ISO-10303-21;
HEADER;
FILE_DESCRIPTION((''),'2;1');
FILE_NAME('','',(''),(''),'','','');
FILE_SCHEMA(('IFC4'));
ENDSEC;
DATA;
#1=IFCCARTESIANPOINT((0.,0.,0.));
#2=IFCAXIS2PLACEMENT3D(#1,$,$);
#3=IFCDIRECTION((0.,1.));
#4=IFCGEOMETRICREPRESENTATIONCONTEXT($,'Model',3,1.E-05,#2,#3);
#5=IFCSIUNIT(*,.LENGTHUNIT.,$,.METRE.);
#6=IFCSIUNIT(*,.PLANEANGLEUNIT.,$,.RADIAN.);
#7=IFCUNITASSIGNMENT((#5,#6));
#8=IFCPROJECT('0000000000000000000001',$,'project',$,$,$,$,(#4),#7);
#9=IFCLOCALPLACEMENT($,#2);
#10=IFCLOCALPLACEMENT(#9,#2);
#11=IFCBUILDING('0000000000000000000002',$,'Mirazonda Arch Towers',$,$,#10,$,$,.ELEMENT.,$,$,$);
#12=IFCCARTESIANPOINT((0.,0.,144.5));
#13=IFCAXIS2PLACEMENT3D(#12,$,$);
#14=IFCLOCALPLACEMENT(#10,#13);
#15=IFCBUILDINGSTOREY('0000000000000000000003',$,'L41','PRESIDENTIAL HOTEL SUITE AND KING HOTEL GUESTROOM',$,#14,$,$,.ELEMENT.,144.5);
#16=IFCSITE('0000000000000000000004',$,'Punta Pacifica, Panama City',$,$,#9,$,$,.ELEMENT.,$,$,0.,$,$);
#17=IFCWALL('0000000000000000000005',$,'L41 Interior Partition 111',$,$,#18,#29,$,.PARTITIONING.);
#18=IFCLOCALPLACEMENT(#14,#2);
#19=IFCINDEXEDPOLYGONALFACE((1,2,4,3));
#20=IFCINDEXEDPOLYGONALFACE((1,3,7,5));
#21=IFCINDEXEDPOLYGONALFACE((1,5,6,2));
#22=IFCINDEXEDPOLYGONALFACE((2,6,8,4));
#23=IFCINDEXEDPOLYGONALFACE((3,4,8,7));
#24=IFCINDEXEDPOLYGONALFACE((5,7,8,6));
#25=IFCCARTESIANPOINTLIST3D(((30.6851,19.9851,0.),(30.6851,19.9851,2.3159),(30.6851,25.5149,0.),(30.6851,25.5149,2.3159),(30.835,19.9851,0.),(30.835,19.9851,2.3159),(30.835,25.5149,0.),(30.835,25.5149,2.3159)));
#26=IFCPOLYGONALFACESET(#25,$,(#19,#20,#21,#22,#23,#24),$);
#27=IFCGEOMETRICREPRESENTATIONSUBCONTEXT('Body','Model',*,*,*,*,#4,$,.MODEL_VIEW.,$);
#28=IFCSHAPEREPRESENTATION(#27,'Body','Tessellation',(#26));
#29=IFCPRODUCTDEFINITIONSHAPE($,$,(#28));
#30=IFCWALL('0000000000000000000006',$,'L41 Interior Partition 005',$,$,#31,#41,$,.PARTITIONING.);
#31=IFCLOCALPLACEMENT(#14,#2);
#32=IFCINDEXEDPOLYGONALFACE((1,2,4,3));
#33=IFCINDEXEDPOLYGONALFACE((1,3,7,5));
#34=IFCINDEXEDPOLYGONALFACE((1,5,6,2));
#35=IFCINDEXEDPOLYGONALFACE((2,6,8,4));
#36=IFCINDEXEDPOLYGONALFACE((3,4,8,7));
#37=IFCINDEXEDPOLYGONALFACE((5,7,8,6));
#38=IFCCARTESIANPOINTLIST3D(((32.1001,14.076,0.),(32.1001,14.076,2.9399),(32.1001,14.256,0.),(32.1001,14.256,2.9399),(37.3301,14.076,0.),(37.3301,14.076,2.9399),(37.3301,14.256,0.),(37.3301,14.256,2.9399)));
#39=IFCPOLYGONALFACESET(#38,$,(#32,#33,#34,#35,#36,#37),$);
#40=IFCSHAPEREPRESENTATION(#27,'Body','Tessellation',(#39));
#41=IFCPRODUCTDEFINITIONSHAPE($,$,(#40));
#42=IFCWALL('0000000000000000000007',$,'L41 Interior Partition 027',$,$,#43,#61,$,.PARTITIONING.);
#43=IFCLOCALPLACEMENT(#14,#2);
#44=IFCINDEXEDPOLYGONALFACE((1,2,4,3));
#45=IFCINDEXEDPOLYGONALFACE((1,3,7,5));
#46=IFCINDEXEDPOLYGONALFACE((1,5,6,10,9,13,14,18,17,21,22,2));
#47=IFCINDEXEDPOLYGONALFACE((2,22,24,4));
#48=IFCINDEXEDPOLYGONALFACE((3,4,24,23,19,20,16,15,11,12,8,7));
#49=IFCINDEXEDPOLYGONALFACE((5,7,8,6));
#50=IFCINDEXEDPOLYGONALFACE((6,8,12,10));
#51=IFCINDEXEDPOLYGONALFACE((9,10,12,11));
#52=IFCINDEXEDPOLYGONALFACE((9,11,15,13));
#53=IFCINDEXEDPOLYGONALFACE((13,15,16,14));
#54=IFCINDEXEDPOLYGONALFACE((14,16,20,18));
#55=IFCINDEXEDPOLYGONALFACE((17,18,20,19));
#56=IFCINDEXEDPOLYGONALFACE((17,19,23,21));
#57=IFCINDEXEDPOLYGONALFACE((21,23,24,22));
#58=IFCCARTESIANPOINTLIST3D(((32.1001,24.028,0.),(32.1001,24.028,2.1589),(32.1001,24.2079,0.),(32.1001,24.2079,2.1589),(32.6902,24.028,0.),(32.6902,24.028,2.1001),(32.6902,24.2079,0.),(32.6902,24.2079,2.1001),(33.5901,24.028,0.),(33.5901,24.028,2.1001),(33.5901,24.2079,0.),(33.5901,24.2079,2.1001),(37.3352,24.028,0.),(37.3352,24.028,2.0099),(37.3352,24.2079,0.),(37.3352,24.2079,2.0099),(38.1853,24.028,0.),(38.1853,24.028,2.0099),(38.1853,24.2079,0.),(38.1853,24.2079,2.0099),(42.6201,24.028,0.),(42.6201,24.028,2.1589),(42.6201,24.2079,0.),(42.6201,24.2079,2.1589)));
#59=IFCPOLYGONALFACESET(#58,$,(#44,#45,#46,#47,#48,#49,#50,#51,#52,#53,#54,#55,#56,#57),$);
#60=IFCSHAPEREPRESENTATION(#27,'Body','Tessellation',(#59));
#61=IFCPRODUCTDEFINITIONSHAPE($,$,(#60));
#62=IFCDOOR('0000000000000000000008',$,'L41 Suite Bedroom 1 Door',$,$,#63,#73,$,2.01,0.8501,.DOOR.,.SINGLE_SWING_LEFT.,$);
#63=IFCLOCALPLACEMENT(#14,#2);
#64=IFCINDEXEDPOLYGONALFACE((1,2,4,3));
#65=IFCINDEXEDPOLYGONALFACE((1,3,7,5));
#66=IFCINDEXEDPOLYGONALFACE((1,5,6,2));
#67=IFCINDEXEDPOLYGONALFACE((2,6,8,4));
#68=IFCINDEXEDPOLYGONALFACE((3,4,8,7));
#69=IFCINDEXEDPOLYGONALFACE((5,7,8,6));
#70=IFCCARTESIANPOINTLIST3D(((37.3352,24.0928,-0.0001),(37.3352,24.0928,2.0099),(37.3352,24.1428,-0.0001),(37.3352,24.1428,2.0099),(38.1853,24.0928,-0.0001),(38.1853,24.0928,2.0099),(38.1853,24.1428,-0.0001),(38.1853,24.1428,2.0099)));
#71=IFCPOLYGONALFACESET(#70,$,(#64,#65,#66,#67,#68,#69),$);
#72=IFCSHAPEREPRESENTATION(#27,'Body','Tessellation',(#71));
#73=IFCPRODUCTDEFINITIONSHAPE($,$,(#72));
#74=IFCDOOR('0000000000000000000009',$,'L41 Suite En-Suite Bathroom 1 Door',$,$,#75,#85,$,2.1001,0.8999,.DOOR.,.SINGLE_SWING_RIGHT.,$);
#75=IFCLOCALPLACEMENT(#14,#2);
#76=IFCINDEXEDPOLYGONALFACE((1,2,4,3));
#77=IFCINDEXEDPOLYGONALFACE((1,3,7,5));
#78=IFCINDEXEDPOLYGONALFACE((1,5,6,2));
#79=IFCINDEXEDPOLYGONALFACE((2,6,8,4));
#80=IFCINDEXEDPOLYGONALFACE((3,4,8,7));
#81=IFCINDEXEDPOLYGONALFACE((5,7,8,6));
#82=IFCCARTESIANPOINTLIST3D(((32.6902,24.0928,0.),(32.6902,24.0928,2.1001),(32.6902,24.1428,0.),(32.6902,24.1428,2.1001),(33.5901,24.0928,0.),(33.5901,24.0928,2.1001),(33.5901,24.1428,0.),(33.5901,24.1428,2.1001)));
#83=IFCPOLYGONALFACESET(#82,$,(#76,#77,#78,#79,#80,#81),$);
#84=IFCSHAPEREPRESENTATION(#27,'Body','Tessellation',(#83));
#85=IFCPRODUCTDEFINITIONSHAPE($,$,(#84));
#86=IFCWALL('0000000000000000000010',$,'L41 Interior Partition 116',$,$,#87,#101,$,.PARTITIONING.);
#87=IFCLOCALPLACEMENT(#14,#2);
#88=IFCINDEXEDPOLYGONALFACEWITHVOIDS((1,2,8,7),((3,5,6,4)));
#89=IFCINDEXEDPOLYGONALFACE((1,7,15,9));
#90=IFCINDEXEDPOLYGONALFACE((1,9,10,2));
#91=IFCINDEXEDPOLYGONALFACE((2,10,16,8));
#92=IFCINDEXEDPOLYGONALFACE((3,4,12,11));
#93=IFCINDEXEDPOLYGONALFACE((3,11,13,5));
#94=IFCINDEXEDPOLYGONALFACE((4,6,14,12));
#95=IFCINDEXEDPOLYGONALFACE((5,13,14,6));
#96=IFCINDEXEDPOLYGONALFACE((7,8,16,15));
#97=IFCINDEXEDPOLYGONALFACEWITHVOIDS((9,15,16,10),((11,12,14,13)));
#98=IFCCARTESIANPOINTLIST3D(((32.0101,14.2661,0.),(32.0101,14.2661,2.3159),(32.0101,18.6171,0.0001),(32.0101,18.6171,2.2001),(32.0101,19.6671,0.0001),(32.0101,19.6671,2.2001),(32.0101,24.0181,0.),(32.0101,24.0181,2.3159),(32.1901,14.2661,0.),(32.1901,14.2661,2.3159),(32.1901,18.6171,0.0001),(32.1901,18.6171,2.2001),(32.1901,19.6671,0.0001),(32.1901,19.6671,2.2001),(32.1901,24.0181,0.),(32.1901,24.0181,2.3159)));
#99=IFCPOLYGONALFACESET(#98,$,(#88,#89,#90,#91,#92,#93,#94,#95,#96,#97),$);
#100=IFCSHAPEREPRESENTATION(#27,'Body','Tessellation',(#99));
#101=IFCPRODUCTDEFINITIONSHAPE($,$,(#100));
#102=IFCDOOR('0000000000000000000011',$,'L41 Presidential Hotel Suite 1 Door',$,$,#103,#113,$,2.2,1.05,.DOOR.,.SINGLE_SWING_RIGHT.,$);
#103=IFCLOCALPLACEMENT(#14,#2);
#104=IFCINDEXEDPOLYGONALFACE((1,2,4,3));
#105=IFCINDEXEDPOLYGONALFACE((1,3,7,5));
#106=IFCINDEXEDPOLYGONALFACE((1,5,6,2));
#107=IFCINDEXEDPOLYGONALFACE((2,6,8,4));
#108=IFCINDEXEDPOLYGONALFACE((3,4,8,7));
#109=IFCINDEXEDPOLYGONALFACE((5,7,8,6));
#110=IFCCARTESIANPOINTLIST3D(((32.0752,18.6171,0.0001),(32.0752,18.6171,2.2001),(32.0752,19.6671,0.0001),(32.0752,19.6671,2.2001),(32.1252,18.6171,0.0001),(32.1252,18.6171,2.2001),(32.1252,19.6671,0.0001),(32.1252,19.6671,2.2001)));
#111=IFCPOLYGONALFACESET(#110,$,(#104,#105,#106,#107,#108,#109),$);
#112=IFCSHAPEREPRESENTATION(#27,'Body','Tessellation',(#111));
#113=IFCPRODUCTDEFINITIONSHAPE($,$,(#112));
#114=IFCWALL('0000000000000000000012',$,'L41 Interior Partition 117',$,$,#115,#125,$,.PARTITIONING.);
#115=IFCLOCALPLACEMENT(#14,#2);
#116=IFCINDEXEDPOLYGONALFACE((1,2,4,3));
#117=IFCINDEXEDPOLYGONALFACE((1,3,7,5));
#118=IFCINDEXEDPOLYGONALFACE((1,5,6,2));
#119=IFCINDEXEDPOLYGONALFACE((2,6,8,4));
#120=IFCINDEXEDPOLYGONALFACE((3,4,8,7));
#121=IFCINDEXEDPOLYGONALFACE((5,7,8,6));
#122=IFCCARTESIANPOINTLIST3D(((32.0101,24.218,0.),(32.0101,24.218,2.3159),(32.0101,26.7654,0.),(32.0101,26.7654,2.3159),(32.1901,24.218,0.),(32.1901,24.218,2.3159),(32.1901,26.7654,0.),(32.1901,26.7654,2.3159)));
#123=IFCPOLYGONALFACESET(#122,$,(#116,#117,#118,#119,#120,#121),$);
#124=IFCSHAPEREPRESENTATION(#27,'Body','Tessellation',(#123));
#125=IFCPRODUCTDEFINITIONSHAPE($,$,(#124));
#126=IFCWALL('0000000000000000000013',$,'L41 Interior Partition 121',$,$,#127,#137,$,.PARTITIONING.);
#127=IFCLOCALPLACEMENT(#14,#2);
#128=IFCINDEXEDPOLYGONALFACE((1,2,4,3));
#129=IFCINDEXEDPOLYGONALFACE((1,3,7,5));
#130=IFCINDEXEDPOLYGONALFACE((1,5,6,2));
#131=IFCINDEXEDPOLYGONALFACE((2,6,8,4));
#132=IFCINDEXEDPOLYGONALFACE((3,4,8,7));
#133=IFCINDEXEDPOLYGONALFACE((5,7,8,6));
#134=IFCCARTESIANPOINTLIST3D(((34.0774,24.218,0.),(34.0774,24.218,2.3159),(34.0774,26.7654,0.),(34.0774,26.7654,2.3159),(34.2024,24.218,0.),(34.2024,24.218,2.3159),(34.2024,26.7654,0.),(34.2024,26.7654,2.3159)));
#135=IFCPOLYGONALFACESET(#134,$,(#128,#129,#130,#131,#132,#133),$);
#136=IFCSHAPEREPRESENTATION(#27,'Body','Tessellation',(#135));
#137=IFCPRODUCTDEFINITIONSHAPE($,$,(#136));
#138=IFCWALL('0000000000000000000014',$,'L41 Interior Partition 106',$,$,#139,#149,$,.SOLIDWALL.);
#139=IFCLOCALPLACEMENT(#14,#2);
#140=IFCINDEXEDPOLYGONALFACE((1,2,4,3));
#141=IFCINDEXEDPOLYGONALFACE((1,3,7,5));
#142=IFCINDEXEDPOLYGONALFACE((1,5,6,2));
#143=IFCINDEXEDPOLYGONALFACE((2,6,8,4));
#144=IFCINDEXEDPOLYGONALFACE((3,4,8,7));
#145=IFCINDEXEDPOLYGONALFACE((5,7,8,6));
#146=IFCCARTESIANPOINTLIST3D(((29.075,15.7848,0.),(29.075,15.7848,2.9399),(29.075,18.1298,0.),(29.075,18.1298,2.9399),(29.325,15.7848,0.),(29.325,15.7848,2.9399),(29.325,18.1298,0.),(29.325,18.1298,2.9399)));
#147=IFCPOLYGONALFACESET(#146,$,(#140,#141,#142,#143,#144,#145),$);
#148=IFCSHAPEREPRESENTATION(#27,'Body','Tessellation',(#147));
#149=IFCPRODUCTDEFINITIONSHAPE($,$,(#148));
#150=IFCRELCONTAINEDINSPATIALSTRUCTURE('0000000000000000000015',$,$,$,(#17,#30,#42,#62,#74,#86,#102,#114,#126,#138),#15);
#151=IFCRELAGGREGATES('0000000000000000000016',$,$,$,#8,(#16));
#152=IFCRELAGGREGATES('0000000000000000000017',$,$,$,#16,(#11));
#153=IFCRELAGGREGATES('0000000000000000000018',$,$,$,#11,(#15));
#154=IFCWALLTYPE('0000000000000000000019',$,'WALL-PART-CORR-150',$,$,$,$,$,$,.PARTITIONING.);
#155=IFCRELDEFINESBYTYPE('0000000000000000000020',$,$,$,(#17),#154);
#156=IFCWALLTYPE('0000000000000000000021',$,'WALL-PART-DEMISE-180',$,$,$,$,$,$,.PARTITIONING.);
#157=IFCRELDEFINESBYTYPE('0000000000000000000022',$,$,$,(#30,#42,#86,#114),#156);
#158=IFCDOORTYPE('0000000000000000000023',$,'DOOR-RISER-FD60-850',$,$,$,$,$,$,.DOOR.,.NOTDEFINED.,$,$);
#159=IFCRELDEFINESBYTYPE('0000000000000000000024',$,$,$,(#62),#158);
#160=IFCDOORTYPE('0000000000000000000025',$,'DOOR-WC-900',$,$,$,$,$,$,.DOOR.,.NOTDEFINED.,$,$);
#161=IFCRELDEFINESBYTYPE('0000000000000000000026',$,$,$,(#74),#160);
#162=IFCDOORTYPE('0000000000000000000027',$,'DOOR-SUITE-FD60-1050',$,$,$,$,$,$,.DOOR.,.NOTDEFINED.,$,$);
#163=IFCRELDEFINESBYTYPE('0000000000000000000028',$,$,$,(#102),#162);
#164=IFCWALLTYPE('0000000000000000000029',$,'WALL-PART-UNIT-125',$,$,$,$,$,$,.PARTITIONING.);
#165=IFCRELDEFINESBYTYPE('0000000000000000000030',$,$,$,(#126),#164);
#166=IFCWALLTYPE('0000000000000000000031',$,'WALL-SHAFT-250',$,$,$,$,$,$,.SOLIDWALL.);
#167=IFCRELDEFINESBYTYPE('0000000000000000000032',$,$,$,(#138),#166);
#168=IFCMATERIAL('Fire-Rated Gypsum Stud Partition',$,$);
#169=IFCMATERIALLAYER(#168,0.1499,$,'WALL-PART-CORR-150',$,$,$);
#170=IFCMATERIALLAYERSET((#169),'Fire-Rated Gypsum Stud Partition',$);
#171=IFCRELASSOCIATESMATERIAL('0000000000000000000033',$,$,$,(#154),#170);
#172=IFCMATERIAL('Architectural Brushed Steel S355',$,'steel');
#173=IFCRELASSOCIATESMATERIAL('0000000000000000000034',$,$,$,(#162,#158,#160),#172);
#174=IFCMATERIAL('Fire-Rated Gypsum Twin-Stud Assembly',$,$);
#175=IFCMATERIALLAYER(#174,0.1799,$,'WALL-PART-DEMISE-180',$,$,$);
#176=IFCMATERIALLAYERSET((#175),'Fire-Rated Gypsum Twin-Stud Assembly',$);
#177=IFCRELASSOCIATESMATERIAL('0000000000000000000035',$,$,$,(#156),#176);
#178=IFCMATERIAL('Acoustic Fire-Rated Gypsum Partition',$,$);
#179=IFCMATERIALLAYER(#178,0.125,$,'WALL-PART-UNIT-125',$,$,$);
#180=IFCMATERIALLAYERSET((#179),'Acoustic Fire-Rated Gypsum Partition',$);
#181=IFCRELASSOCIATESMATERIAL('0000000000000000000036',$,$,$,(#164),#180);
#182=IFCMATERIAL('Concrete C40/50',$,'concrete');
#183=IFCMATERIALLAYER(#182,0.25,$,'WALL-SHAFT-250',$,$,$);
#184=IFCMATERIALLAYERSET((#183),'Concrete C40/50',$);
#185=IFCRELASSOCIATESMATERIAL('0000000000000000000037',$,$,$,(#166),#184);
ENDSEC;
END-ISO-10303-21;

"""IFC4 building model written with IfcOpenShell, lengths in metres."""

from ifc_helpers import new_model, si_unit, direction, frame, frame_2d, origin, place, context, subcontext, project, spatial, rectangle, extrude, material, layer, layer_set, type_object, element, fill, save


model = new_model("IFC4")

# Units and contexts
model_context = context("Model", 3, precision=1e-05, world=origin(), true_north=direction((0.0, 1.0)))
body_context = subcontext(model_context, "Body", "Model", "MODEL_VIEW")
ifc_project = project(units=[si_unit("LENGTHUNIT", "METRE"), si_unit("PLANEANGLEUNIT", "RADIAN")], contexts=[model_context])

# Site, building, storey
site_placement = place(None, origin())
site = spatial("IfcSite", under=ifc_project, at=site_placement, Name="Punta Pacifica, Panama City", CompositionType="ELEMENT", RefElevation=0.0)
building_placement = place(site_placement, origin())
building = spatial("IfcBuilding", under=site, at=building_placement, Name="Mirazonda Arch Towers", CompositionType="ELEMENT")
storey_placement = place(building_placement, frame((0.0, 0.0, 144.5)))
storey = spatial("IfcBuildingStorey", under=building, at=storey_placement, Name="L41", Description="PRESIDENTIAL HOTEL SUITE AND KING HOTEL GUESTROOM", CompositionType="ELEMENT", Elevation=144.5)

# Shared definitions
ifc_material_1 = material(Name="Fire-Rated Gypsum Stud Partition")
ifc_layer_1 = layer(ifc_material_1, 0.1499, Name="WALL-PART-CORR-150")
ifc_layer_set_1 = layer_set([ifc_layer_1], Name="Fire-Rated Gypsum Stud Partition")
wall_type_1 = type_object("IfcWallType", Name="WALL-PART-CORR-150", PredefinedType="PARTITIONING", material=ifc_layer_set_1)

# Shared definitions
ifc_material_2 = material(Name="Architectural Brushed Steel S355", Category="steel")
door_type_1 = type_object("IfcDoorType", Name="DOOR-SUITE-FD60-1050", OperationType="NOTDEFINED", PredefinedType="DOOR", material=ifc_material_2)

# Walls
wall_1_placement = place(storey_placement, frame((30.76, 19.9851, 0.0), z_axis=(0.0, 0.0, 1.0), x_axis=(0.0, 1.0, 0.0)))
element("IfcWall", 1, at=wall_1_placement, inside=storey, type_object=wall_type_1, Name="L41 Interior Partition 111", PredefinedType="PARTITIONING", context=body_context, shape_type="SweptSolid", body=[
    extrude(rectangle(XDim=5.5298, YDim=0.1499, at=frame_2d((2.7649, 0.0))), origin(), (0.0, 0.0, 1.0), 2.3159),
])
ifc_material_3 = material(Name="Fire-Rated Gypsum Twin-Stud Assembly")
ifc_layer_2 = layer(ifc_material_3, 0.1799, Name="WALL-PART-DEMISE-180")
ifc_layer_set_2 = layer_set([ifc_layer_2], Name="Fire-Rated Gypsum Twin-Stud Assembly")
wall_type_2 = type_object("IfcWallType", Name="WALL-PART-DEMISE-180", PredefinedType="PARTITIONING", material=ifc_layer_set_2)
wall_2_placement = place(storey_placement, frame((32.1001, 14.166, 0.0), z_axis=(0.0, 0.0, 1.0), x_axis=(1.0, 0.0, 0.0)))
element("IfcWall", 2, at=wall_2_placement, inside=storey, type_object=wall_type_2, Name="L41 Interior Partition 005", PredefinedType="PARTITIONING", context=body_context, shape_type="SweptSolid", body=[
    extrude(rectangle(XDim=5.23, YDim=0.1799, at=frame_2d((2.615, 0.0))), origin(), (0.0, 0.0, 1.0), 2.9399),
])

# Wall, openings, doors
wall_3_placement = place(storey_placement, frame((32.1001, 24.1179, 0.0), z_axis=(0.0, 0.0, 1.0), x_axis=(1.0, 0.0, 0.0)))
wall_3 = element("IfcWall", 3, at=wall_3_placement, inside=storey, type_object=wall_type_2, Name="L41 Interior Partition 027", PredefinedType="PARTITIONING", context=body_context, shape_type="SweptSolid", body=[
    extrude(rectangle(XDim=10.52, YDim=0.1799, at=frame_2d((5.26, 0.0))), origin(), (0.0, 0.0, 1.0), 2.1589),
])
opening_1_placement = place(wall_3_placement, frame((5.2351, 0.0, 0.0)))
opening_1 = element("IfcOpeningElement", 4, at=opening_1_placement, cuts=wall_3, PredefinedType="OPENING", context=body_context, shape_type="SweptSolid", body=[
    extrude(rectangle(XDim=0.8501, YDim=2.01, at=frame_2d((0.425, 1.0049))), frame((0.0, 0.0999, 0.0), z_axis=(0.0, -1.0, 0.0), x_axis=(1.0, 0.0, 0.0)), (0.0, 0.0, 1.0), 0.2),
])
opening_2_placement = place(wall_3_placement, frame((0.5901, 0.0, 0.0)))
opening_2 = element("IfcOpeningElement", 5, at=opening_2_placement, cuts=wall_3, PredefinedType="OPENING", context=body_context, shape_type="SweptSolid", body=[
    extrude(rectangle(XDim=0.8999, YDim=2.1001, at=frame_2d((0.45, 1.05))), frame((0.0, 0.0999, 0.0), z_axis=(0.0, -1.0, 0.0), x_axis=(1.0, 0.0, 0.0)), (0.0, 0.0, 1.0), 0.2),
])
door_type_2 = type_object("IfcDoorType", Name="DOOR-RISER-FD60-850", OperationType="NOTDEFINED", PredefinedType="DOOR", material=ifc_material_2)
door_1_placement = place(opening_1_placement, origin())
door_1 = element("IfcDoor", 6, at=door_1_placement, inside=storey, type_object=door_type_2, Name="L41 Suite Bedroom 1 Door", OperationType="SINGLE_SWING_LEFT", OverallHeight=2.01, OverallWidth=0.8501, PredefinedType="DOOR", context=body_context, shape_type="SweptSolid", body=[
    extrude(rectangle(XDim=0.8501, YDim=2.01, at=frame_2d((0.425, 1.0049))), frame((0.0, 0.0249, 0.0), z_axis=(0.0, -1.0, 0.0), x_axis=(1.0, 0.0, 0.0)), (0.0, 0.0, 1.0), 0.05),
])
fill(opening_1, door_1)
door_type_3 = type_object("IfcDoorType", Name="DOOR-WC-900", OperationType="NOTDEFINED", PredefinedType="DOOR", material=ifc_material_2)
door_2_placement = place(opening_2_placement, origin())
door_2 = element("IfcDoor", 7, at=door_2_placement, inside=storey, type_object=door_type_3, Name="L41 Suite En-Suite Bathroom 1 Door", OperationType="SINGLE_SWING_RIGHT", OverallHeight=2.1001, OverallWidth=0.8999, PredefinedType="DOOR", context=body_context, shape_type="SweptSolid", body=[
    extrude(rectangle(XDim=0.8999, YDim=2.1001, at=frame_2d((0.45, 1.05))), frame((0.0, 0.0249, 0.0), z_axis=(0.0, -1.0, 0.0), x_axis=(1.0, 0.0, 0.0)), (0.0, 0.0, 1.0), 0.05),
])
fill(opening_2, door_2)

# Wall, opening, door
wall_4_placement = place(storey_placement, frame((32.1001, 14.2661, 0.0), z_axis=(0.0, 0.0, 1.0), x_axis=(0.0, 1.0, 0.0)))
wall_4 = element("IfcWall", 8, at=wall_4_placement, inside=storey, type_object=wall_type_2, Name="L41 Interior Partition 116", PredefinedType="PARTITIONING", context=body_context, shape_type="SweptSolid", body=[
    extrude(rectangle(XDim=9.752, YDim=0.1799, at=frame_2d((4.876, 0.0))), origin(), (0.0, 0.0, 1.0), 2.3159),
])
opening_3_placement = place(wall_4_placement, frame((4.3511, 0.0, 0.0)))
opening_3 = element("IfcOpeningElement", 9, at=opening_3_placement, cuts=wall_4, PredefinedType="OPENING", context=body_context, shape_type="SweptSolid", body=[
    extrude(rectangle(XDim=1.05, YDim=2.2, at=frame_2d((0.5249, 1.1001))), frame((0.0, 0.0999, 0.0), z_axis=(0.0, -1.0, 0.0), x_axis=(1.0, 0.0, 0.0)), (0.0, 0.0, 1.0), 0.2),
])
door_3_placement = place(opening_3_placement, origin())
door_3 = element("IfcDoor", 10, at=door_3_placement, inside=storey, type_object=door_type_1, Name="L41 Presidential Hotel Suite 1 Door", OperationType="SINGLE_SWING_RIGHT", OverallHeight=2.2, OverallWidth=1.05, PredefinedType="DOOR", context=body_context, shape_type="SweptSolid", body=[
    extrude(rectangle(XDim=1.05, YDim=2.2, at=frame_2d((0.5249, 1.1001))), frame((0.0, 0.0249, 0.0), z_axis=(0.0, -1.0, 0.0), x_axis=(1.0, 0.0, 0.0)), (0.0, 0.0, 1.0), 0.05),
])
fill(opening_3, door_3)

# Walls
wall_5_placement = place(storey_placement, frame((32.1001, 24.218, 0.0), z_axis=(0.0, 0.0, 1.0), x_axis=(0.0, 1.0, 0.0)))
element("IfcWall", 11, at=wall_5_placement, inside=storey, type_object=wall_type_2, Name="L41 Interior Partition 117", PredefinedType="PARTITIONING", context=body_context, shape_type="SweptSolid", body=[
    extrude(rectangle(XDim=2.5474, YDim=0.1799, at=frame_2d((1.2737, 0.0))), origin(), (0.0, 0.0, 1.0), 2.3159),
])
ifc_material_4 = material(Name="Acoustic Fire-Rated Gypsum Partition")
ifc_layer_3 = layer(ifc_material_4, 0.125, Name="WALL-PART-UNIT-125")
ifc_layer_set_3 = layer_set([ifc_layer_3], Name="Acoustic Fire-Rated Gypsum Partition")
wall_type_3 = type_object("IfcWallType", Name="WALL-PART-UNIT-125", PredefinedType="PARTITIONING", material=ifc_layer_set_3)
wall_6_placement = place(storey_placement, frame((34.1399, 24.218, 0.0), z_axis=(0.0, 0.0, 1.0), x_axis=(0.0, 1.0, 0.0)))
element("IfcWall", 12, at=wall_6_placement, inside=storey, type_object=wall_type_3, Name="L41 Interior Partition 121", PredefinedType="PARTITIONING", context=body_context, shape_type="SweptSolid", body=[
    extrude(rectangle(XDim=2.5474, YDim=0.125, at=frame_2d((1.2737, 0.0))), origin(), (0.0, 0.0, 1.0), 2.3159),
])
ifc_material_5 = material(Name="Concrete C40/50", Category="concrete")
ifc_layer_4 = layer(ifc_material_5, 0.25, Name="WALL-SHAFT-250")
ifc_layer_set_4 = layer_set([ifc_layer_4], Name="Concrete C40/50")
wall_type_4 = type_object("IfcWallType", Name="WALL-SHAFT-250", PredefinedType="SOLIDWALL", material=ifc_layer_set_4)
wall_7_placement = place(storey_placement, frame((29.2, 15.7849, 0.0), z_axis=(0.0, 0.0, 1.0), x_axis=(0.0, 1.0, 0.0)))
element("IfcWall", 13, at=wall_7_placement, inside=storey, type_object=wall_type_4, Name="L41 Interior Partition 106", PredefinedType="SOLIDWALL", context=body_context, shape_type="SweptSolid", body=[
    extrude(rectangle(XDim=2.345, YDim=0.25, at=frame_2d((1.1724, 0.0))), origin(), (0.0, 0.0, 1.0), 2.9399),
])

save(model, "model.ifc")
